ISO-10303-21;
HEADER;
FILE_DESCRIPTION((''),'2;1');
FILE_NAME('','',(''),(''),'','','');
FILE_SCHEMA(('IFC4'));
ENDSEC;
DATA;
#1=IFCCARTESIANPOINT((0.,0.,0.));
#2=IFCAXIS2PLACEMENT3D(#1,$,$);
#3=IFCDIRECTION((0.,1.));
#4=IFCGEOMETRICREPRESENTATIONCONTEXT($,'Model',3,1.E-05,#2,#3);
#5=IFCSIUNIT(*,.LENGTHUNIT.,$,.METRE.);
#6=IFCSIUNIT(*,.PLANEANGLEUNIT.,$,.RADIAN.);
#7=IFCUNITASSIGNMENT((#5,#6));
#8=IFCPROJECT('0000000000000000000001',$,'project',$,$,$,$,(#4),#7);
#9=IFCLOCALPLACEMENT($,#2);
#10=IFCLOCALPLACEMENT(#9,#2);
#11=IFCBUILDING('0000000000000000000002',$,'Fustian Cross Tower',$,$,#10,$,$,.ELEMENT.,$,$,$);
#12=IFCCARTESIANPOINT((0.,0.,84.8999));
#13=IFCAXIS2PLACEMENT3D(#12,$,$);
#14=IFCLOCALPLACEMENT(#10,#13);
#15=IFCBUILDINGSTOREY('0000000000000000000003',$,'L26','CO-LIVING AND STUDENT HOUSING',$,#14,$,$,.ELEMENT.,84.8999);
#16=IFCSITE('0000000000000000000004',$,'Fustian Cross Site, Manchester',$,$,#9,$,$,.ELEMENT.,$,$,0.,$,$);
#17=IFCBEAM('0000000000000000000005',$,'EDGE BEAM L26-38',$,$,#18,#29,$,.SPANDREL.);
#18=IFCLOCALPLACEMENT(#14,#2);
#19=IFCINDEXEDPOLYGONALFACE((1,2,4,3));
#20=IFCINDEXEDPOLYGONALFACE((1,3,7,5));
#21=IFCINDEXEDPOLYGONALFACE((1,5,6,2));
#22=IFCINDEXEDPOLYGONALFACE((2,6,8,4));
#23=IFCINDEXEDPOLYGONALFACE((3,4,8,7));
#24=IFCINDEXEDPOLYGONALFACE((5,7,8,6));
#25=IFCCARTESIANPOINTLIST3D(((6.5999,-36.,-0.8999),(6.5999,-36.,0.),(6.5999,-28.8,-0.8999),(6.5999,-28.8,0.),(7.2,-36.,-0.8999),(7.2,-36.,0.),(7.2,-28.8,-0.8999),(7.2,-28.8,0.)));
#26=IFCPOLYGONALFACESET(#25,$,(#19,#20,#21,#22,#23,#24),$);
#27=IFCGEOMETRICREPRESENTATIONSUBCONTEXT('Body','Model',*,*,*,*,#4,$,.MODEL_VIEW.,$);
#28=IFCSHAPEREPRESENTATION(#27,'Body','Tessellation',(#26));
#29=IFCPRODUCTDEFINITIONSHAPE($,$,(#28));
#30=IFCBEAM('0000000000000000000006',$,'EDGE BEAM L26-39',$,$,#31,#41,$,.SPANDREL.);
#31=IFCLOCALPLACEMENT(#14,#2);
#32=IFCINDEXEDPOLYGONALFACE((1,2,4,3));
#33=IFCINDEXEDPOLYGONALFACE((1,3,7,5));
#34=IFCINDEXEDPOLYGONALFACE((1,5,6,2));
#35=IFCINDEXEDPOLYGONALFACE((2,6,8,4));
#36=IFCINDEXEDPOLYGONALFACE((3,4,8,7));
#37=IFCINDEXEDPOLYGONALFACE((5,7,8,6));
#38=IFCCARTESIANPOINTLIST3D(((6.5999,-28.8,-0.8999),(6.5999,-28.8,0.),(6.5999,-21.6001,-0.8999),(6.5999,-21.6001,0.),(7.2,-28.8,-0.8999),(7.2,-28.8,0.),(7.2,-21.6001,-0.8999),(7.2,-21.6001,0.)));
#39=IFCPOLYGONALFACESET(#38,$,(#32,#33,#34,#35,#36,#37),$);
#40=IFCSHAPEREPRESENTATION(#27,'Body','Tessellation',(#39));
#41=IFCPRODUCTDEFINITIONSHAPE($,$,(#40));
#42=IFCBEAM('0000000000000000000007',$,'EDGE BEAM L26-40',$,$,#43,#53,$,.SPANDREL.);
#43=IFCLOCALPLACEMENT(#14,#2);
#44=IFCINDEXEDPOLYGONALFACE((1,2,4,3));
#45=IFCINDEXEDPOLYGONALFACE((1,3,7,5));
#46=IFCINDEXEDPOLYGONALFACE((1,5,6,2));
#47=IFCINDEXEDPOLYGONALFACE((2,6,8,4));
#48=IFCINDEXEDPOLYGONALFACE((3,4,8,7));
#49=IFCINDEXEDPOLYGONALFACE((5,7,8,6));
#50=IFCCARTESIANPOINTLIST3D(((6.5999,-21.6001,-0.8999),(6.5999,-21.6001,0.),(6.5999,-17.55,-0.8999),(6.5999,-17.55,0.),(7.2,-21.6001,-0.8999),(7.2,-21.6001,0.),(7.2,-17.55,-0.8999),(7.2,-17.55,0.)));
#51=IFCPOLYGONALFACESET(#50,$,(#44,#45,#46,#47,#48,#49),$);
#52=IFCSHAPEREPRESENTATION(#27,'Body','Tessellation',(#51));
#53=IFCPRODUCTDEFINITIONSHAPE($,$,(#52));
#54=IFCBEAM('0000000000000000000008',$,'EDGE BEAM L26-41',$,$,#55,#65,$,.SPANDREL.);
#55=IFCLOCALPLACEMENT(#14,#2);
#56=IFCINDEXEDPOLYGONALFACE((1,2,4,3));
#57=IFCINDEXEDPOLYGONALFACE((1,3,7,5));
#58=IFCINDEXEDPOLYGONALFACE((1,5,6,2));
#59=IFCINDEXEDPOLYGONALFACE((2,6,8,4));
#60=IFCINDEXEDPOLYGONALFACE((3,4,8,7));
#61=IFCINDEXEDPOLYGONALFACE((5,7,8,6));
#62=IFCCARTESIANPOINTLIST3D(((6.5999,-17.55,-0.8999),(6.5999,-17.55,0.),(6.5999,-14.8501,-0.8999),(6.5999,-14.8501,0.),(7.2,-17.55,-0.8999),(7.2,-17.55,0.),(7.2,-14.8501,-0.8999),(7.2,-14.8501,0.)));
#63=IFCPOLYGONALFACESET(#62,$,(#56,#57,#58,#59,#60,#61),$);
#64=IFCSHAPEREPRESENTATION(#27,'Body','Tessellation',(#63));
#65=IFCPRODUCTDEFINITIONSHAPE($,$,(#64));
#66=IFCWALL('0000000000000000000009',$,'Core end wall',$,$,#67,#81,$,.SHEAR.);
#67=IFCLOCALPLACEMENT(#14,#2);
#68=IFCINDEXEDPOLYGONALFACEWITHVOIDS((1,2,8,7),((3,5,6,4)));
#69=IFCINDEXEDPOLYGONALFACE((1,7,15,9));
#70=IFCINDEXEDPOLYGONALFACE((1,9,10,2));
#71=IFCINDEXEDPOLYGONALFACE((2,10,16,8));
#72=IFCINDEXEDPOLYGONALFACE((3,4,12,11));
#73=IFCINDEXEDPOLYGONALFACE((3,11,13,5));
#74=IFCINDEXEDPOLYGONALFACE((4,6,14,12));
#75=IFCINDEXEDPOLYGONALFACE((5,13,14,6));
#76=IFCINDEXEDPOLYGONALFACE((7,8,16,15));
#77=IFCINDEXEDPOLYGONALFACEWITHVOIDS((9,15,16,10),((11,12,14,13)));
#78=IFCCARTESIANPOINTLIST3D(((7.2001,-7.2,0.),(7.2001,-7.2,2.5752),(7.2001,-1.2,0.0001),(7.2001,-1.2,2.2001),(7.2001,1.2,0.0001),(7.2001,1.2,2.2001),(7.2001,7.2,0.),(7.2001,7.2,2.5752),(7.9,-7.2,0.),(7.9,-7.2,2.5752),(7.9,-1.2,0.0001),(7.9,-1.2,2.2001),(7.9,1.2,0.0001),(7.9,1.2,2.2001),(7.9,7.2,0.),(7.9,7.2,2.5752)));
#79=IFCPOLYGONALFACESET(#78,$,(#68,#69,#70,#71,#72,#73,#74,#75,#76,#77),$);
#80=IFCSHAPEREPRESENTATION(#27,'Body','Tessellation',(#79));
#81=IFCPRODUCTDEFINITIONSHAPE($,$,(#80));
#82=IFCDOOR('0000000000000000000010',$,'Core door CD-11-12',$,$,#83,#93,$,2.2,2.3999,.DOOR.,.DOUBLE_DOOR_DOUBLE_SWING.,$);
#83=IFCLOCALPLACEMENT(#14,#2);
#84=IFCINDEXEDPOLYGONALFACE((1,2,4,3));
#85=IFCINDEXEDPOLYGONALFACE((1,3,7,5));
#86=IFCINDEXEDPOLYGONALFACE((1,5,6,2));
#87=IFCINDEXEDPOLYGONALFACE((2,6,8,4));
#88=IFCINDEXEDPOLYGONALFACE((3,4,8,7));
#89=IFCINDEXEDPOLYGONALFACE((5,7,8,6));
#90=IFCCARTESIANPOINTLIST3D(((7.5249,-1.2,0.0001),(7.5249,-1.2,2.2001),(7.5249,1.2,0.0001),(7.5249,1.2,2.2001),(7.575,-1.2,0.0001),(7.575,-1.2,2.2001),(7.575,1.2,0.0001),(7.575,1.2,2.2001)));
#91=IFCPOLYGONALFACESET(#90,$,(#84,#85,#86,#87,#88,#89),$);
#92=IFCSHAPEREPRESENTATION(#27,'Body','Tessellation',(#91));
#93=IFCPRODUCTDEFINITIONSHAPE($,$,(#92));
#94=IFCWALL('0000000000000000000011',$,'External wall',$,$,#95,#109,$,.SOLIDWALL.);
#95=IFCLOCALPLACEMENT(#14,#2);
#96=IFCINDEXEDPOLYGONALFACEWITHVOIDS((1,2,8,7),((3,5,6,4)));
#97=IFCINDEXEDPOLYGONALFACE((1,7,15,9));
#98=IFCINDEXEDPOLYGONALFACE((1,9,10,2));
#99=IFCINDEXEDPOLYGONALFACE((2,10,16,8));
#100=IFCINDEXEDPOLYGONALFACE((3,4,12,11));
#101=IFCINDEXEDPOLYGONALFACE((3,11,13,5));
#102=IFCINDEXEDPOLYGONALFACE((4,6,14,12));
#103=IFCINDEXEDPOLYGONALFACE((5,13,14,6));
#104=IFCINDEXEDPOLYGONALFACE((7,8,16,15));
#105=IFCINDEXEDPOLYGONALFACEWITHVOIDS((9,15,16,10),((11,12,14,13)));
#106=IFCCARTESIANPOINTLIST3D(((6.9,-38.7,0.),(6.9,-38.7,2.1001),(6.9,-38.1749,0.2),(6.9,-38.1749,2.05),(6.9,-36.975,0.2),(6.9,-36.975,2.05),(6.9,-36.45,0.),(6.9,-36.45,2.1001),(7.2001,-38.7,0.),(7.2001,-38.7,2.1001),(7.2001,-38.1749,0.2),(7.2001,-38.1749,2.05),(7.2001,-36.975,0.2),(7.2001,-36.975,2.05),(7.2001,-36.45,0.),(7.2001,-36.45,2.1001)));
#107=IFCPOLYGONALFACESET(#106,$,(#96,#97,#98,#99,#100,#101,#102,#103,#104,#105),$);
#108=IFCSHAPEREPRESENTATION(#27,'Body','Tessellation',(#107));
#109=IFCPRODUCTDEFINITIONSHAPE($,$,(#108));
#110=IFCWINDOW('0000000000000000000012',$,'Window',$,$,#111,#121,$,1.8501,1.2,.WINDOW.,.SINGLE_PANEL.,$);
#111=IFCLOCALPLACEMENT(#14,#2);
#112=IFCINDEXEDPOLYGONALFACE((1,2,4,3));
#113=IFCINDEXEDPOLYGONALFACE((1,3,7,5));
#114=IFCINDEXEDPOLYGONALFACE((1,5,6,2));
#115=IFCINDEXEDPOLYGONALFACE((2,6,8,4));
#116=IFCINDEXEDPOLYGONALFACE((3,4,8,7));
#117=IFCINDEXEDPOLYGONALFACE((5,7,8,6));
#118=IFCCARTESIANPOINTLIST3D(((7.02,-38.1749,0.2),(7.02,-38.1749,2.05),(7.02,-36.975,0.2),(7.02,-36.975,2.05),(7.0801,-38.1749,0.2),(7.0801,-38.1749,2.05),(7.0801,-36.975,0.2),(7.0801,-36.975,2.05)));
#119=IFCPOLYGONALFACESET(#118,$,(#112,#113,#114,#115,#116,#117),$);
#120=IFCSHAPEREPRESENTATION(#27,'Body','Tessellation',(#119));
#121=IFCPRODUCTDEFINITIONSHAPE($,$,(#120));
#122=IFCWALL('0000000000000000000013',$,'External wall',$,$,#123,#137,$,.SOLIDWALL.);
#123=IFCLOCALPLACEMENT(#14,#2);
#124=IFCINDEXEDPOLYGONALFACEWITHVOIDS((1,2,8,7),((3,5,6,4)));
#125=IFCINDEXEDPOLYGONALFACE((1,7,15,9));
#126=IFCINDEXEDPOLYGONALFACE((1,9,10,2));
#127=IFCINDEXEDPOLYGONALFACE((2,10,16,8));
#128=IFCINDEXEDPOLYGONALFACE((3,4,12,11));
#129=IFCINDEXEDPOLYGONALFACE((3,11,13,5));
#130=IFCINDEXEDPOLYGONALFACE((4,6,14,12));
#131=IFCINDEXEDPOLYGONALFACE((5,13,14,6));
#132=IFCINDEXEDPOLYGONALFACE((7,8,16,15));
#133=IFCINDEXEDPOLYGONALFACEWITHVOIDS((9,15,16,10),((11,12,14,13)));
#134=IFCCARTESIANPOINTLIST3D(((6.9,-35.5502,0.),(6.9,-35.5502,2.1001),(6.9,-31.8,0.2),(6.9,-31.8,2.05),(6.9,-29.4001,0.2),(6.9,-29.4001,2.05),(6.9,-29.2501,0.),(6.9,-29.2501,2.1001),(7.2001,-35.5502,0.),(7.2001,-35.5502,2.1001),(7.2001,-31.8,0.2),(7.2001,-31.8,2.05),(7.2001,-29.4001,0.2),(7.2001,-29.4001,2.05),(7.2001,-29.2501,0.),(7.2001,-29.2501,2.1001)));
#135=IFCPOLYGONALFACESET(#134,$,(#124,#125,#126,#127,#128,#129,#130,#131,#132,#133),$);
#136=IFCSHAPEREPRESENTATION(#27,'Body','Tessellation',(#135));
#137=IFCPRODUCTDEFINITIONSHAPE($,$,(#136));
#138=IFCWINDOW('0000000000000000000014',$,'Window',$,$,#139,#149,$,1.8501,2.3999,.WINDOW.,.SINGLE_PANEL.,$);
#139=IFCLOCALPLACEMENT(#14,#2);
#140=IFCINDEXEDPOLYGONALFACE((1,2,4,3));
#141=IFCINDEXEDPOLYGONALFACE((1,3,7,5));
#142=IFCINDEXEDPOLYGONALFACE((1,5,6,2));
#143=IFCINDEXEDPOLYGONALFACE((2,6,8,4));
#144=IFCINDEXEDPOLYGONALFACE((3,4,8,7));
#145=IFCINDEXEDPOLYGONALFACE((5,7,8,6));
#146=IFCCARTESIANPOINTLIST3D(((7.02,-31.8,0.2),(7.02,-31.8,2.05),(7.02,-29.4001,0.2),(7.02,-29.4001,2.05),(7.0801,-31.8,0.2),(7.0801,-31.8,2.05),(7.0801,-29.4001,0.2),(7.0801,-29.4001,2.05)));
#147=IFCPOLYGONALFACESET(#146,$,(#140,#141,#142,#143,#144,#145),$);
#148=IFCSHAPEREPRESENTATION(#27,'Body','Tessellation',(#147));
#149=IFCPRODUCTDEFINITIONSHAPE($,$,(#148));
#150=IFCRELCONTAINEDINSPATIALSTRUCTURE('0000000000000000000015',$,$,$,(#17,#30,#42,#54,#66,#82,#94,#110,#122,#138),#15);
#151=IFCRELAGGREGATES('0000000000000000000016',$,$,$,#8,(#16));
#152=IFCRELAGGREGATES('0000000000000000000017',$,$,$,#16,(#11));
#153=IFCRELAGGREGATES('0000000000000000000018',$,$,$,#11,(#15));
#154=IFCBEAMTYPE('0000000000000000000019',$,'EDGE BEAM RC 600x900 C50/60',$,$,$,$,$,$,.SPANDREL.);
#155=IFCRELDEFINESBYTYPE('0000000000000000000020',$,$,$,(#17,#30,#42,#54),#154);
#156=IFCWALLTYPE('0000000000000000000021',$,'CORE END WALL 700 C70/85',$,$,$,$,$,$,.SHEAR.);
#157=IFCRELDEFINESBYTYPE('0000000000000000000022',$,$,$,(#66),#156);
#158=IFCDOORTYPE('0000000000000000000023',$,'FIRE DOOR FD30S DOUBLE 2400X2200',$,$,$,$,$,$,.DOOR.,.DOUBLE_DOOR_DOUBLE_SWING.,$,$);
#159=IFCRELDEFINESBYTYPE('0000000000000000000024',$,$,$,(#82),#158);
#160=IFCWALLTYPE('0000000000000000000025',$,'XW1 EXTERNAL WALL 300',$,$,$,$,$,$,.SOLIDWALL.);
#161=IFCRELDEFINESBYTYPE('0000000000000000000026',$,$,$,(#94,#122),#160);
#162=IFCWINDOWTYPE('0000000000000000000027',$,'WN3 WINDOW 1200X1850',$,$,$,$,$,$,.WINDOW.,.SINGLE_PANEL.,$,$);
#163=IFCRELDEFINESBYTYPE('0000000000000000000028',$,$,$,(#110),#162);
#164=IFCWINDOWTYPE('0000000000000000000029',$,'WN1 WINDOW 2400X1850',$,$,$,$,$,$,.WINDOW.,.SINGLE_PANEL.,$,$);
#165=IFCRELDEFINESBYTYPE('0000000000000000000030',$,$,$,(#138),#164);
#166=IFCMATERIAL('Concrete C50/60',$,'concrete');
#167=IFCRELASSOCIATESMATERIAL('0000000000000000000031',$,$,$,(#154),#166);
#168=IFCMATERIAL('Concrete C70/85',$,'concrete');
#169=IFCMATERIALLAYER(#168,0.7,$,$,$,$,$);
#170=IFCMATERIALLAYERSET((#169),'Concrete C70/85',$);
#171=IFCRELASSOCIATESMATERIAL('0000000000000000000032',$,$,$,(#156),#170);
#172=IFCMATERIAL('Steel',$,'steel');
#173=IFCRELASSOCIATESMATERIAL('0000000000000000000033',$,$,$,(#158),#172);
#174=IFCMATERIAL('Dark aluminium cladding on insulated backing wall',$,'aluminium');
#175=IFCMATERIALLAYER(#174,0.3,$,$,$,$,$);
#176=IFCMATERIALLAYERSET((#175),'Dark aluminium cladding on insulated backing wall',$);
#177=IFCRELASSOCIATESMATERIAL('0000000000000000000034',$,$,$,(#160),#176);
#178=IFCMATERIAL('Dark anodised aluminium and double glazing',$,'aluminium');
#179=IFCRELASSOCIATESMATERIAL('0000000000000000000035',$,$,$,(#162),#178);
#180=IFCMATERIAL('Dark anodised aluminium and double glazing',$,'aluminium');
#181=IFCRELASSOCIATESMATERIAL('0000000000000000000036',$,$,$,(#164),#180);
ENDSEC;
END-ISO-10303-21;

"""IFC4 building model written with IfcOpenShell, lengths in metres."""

from ifc_helpers import new_model, si_unit, direction, frame, frame_2d, origin, origin_2d, place, context, subcontext, project, spatial, rectangle, extrude, material, layer, layer_set, material_profile, profile_set, type_object, element, fill, save


model = new_model("IFC4")

# Units and contexts
model_context = context("Model", 3, precision=1e-05, world=origin(), true_north=direction((0.0, 1.0)))
body_context = subcontext(model_context, "Body", "Model", "MODEL_VIEW")
ifc_project = project(units=[si_unit("LENGTHUNIT", "METRE"), si_unit("PLANEANGLEUNIT", "RADIAN")], contexts=[model_context])

# Site, building, storey
site_placement = place(None, origin())
site = spatial("IfcSite", under=ifc_project, at=site_placement, Name="Fustian Cross Site, Manchester", CompositionType="ELEMENT", RefElevation=0.0)
building_placement = place(site_placement, origin())
building = spatial("IfcBuilding", under=site, at=building_placement, Name="Fustian Cross Tower", CompositionType="ELEMENT")
storey_placement = place(building_placement, frame((0.0, 0.0, 84.8999)))
storey = spatial("IfcBuildingStorey", under=building, at=storey_placement, Name="L26", Description="CO-LIVING AND STUDENT HOUSING", CompositionType="ELEMENT", Elevation=84.8999)

# Beams
ifc_material_1 = material(Name="Concrete C50/60", Category="concrete")
ifc_material_profile = material_profile(ifc_material_1, rectangle(XDim=0.6001, YDim=0.8999, at=origin_2d()), Name="RC 600x900")
ifc_profile_set = profile_set([ifc_material_profile], Name="Concrete C50/60")
beam_type = type_object("IfcBeamType", Name="EDGE BEAM RC 600x900 C50/60", PredefinedType="SPANDREL", material=ifc_profile_set)
for number, where, z_axis, x_axis, name in (
    (1, (6.8999, -36.0, -0.45), (0.0, 1.0, 0.0), (-1.0, 0.0, 0.0), "EDGE BEAM L26-38"),
    (2, (6.8999, -28.8, -0.45), (0.0, 1.0, 0.0), (-1.0, 0.0, 0.0), "EDGE BEAM L26-39"),
):
    element("IfcBeam", number, at=place(storey_placement, frame(where, z_axis=z_axis, x_axis=x_axis)), inside=storey, type_object=beam_type, Name=name, PredefinedType="SPANDREL", context=body_context, shape_type="SweptSolid", body=[
        extrude(rectangle(XDim=0.6001, YDim=0.8999, at=origin_2d()), origin(), (0.0, 0.0, 1.0), 7.2),
    ])
beam_1_placement = place(storey_placement, frame((6.8999, -21.6001, -0.45), z_axis=(0.0, 1.0, 0.0), x_axis=(-1.0, 0.0, 0.0)))
element("IfcBeam", 3, at=beam_1_placement, inside=storey, type_object=beam_type, Name="EDGE BEAM L26-40", PredefinedType="SPANDREL", context=body_context, shape_type="SweptSolid", body=[
    extrude(rectangle(XDim=0.6001, YDim=0.8999, at=origin_2d()), origin(), (0.0, 0.0, 1.0), 4.05),
])
beam_2_placement = place(storey_placement, frame((6.8999, -17.55, -0.45), z_axis=(0.0, 1.0, 0.0), x_axis=(-1.0, 0.0, 0.0)))
element("IfcBeam", 4, at=beam_2_placement, inside=storey, type_object=beam_type, Name="EDGE BEAM L26-41", PredefinedType="SPANDREL", context=body_context, shape_type="SweptSolid", body=[
    extrude(rectangle(XDim=0.6001, YDim=0.8999, at=origin_2d()), origin(), (0.0, 0.0, 1.0), 2.7),
])

# Wall, opening, door
ifc_material_2 = material(Name="Concrete C70/85", Category="concrete")
ifc_layer_1 = layer(ifc_material_2, 0.7)
ifc_layer_set_1 = layer_set([ifc_layer_1], Name="Concrete C70/85")
wall_type_1 = type_object("IfcWallType", Name="CORE END WALL 700 C70/85", PredefinedType="SHEAR", material=ifc_layer_set_1)
wall_1_placement = place(storey_placement, frame((7.55, -7.2, 0.0), z_axis=(0.0, 0.0, 1.0), x_axis=(0.0, 1.0, 0.0)))
wall_1 = element("IfcWall", 5, at=wall_1_placement, inside=storey, type_object=wall_type_1, Name="Core end wall", PredefinedType="SHEAR", context=body_context, shape_type="SweptSolid", body=[
    extrude(rectangle(XDim=14.3999, YDim=0.7, at=frame_2d((7.2, 0.0))), origin(), (0.0, 0.0, 1.0), 2.5752),
])
opening_1_placement = place(wall_1_placement, frame((6.0, 0.0, 0.0)))
opening_1 = element("IfcOpeningElement", 6, at=opening_1_placement, cuts=wall_1, PredefinedType="OPENING", context=body_context, shape_type="SweptSolid", body=[
    extrude(rectangle(XDim=2.3999, YDim=2.2, at=frame_2d((1.2, 1.1001))), frame((0.0, 0.3599, 0.0), z_axis=(0.0, -1.0, 0.0), x_axis=(1.0, 0.0, 0.0)), (0.0, 0.0, 1.0), 0.72),
])
ifc_material_3 = material(Name="Steel", Category="steel")
door_type = type_object("IfcDoorType", Name="FIRE DOOR FD30S DOUBLE 2400X2200", OperationType="DOUBLE_DOOR_DOUBLE_SWING", PredefinedType="DOOR", material=ifc_material_3)
door_placement = place(opening_1_placement, frame((2.3999, 0.0, 0.0), z_axis=(0.0, 0.0, 1.0), x_axis=(-1.0, 0.0, 0.0)))
door = element("IfcDoor", 7, at=door_placement, inside=storey, type_object=door_type, Name="Core door CD-11-12", OperationType="DOUBLE_DOOR_DOUBLE_SWING", OverallHeight=2.2, OverallWidth=2.3999, PredefinedType="DOOR", context=body_context, shape_type="SweptSolid", body=[
    extrude(rectangle(XDim=2.3999, YDim=2.2, at=frame_2d((1.2, 1.1001))), frame((0.0, 0.0249, 0.0), z_axis=(0.0, -1.0, 0.0), x_axis=(1.0, 0.0, 0.0)), (0.0, 0.0, 1.0), 0.05),
])
fill(opening_1, door)

# Walls, openings, windows
ifc_material_4 = material(Name="Dark aluminium cladding on insulated backing wall", Category="aluminium")
ifc_layer_2 = layer(ifc_material_4, 0.3)
ifc_layer_set_2 = layer_set([ifc_layer_2], Name="Dark aluminium cladding on insulated backing wall")
wall_type_2 = type_object("IfcWallType", Name="XW1 EXTERNAL WALL 300", PredefinedType="SOLIDWALL", material=ifc_layer_set_2)
wall_2_placement = place(storey_placement, frame((7.05, -38.7, 0.0), z_axis=(0.0, 0.0, 1.0), x_axis=(0.0, 1.0, 0.0)))
wall_2 = element("IfcWall", 8, at=wall_2_placement, inside=storey, type_object=wall_type_2, Name="External wall", PredefinedType="SOLIDWALL", context=body_context, shape_type="SweptSolid", body=[
    extrude(rectangle(XDim=2.25, YDim=0.3, at=frame_2d((1.125, 0.0))), origin(), (0.0, 0.0, 1.0), 2.1001),
])
opening_2_placement = place(wall_2_placement, frame((0.5249, 0.0, 0.2)))
opening_2 = element("IfcOpeningElement", 9, at=opening_2_placement, cuts=wall_2, PredefinedType="OPENING", context=body_context, shape_type="SweptSolid", body=[
    extrude(rectangle(XDim=1.2, YDim=1.8501, at=frame_2d((0.6001, 0.925))), frame((0.0, 0.1599, 0.0), z_axis=(0.0, -1.0, 0.0), x_axis=(1.0, 0.0, 0.0)), (0.0, 0.0, 1.0), 0.3201),
])
ifc_material_5 = material(Name="Dark anodised aluminium and double glazing", Category="aluminium")
window_type_1 = type_object("IfcWindowType", Name="WN3 WINDOW 1200X1850", PartitioningType="SINGLE_PANEL", PredefinedType="WINDOW", material=ifc_material_5)
window_1_placement = place(opening_2_placement, origin())
window_1 = element("IfcWindow", 10, at=window_1_placement, inside=storey, type_object=window_type_1, Name="Window", OverallHeight=1.8501, OverallWidth=1.2, PartitioningType="SINGLE_PANEL", PredefinedType="WINDOW", context=body_context, shape_type="SweptSolid", body=[
    extrude(rectangle(XDim=1.2, YDim=1.8501, at=frame_2d((0.6001, 0.925))), frame((0.0, 0.03, 0.0), z_axis=(0.0, -1.0, 0.0), x_axis=(1.0, 0.0, 0.0)), (0.0, 0.0, 1.0), 0.0601),
])
fill(opening_2, window_1)
wall_3_placement = place(storey_placement, frame((7.05, -35.55, 0.0), z_axis=(0.0, 0.0, 1.0), x_axis=(0.0, 1.0, 0.0)))
wall_3 = element("IfcWall", 11, at=wall_3_placement, inside=storey, type_object=wall_type_2, Name="External wall", PredefinedType="SOLIDWALL", context=body_context, shape_type="SweptSolid", body=[
    extrude(rectangle(XDim=6.3, YDim=0.3, at=frame_2d((3.1499, 0.0))), origin(), (0.0, 0.0, 1.0), 2.1001),
])
opening_3_placement = place(wall_3_placement, frame((3.75, 0.0, 0.2)))
opening_3 = element("IfcOpeningElement", 12, at=opening_3_placement, cuts=wall_3, PredefinedType="OPENING", context=body_context, shape_type="SweptSolid", body=[
    extrude(rectangle(XDim=2.3999, YDim=1.8501, at=frame_2d((1.2, 0.925))), frame((0.0, 0.1599, 0.0), z_axis=(0.0, -1.0, 0.0), x_axis=(1.0, 0.0, 0.0)), (0.0, 0.0, 1.0), 0.3201),
])
ifc_material_6 = material(Name="Dark anodised aluminium and double glazing", Category="aluminium")
window_type_2 = type_object("IfcWindowType", Name="WN1 WINDOW 2400X1850", PartitioningType="SINGLE_PANEL", PredefinedType="WINDOW", material=ifc_material_6)
window_2_placement = place(opening_3_placement, origin())
window_2 = element("IfcWindow", 13, at=window_2_placement, inside=storey, type_object=window_type_2, Name="Window", OverallHeight=1.8501, OverallWidth=2.3999, PartitioningType="SINGLE_PANEL", PredefinedType="WINDOW", context=body_context, shape_type="SweptSolid", body=[
    extrude(rectangle(XDim=2.3999, YDim=1.8501, at=frame_2d((1.2, 0.925))), frame((0.0, 0.03, 0.0), z_axis=(0.0, -1.0, 0.0), x_axis=(1.0, 0.0, 0.0)), (0.0, 0.0, 1.0), 0.0601),
])
fill(opening_3, window_2)

save(model, "model.ifc")
